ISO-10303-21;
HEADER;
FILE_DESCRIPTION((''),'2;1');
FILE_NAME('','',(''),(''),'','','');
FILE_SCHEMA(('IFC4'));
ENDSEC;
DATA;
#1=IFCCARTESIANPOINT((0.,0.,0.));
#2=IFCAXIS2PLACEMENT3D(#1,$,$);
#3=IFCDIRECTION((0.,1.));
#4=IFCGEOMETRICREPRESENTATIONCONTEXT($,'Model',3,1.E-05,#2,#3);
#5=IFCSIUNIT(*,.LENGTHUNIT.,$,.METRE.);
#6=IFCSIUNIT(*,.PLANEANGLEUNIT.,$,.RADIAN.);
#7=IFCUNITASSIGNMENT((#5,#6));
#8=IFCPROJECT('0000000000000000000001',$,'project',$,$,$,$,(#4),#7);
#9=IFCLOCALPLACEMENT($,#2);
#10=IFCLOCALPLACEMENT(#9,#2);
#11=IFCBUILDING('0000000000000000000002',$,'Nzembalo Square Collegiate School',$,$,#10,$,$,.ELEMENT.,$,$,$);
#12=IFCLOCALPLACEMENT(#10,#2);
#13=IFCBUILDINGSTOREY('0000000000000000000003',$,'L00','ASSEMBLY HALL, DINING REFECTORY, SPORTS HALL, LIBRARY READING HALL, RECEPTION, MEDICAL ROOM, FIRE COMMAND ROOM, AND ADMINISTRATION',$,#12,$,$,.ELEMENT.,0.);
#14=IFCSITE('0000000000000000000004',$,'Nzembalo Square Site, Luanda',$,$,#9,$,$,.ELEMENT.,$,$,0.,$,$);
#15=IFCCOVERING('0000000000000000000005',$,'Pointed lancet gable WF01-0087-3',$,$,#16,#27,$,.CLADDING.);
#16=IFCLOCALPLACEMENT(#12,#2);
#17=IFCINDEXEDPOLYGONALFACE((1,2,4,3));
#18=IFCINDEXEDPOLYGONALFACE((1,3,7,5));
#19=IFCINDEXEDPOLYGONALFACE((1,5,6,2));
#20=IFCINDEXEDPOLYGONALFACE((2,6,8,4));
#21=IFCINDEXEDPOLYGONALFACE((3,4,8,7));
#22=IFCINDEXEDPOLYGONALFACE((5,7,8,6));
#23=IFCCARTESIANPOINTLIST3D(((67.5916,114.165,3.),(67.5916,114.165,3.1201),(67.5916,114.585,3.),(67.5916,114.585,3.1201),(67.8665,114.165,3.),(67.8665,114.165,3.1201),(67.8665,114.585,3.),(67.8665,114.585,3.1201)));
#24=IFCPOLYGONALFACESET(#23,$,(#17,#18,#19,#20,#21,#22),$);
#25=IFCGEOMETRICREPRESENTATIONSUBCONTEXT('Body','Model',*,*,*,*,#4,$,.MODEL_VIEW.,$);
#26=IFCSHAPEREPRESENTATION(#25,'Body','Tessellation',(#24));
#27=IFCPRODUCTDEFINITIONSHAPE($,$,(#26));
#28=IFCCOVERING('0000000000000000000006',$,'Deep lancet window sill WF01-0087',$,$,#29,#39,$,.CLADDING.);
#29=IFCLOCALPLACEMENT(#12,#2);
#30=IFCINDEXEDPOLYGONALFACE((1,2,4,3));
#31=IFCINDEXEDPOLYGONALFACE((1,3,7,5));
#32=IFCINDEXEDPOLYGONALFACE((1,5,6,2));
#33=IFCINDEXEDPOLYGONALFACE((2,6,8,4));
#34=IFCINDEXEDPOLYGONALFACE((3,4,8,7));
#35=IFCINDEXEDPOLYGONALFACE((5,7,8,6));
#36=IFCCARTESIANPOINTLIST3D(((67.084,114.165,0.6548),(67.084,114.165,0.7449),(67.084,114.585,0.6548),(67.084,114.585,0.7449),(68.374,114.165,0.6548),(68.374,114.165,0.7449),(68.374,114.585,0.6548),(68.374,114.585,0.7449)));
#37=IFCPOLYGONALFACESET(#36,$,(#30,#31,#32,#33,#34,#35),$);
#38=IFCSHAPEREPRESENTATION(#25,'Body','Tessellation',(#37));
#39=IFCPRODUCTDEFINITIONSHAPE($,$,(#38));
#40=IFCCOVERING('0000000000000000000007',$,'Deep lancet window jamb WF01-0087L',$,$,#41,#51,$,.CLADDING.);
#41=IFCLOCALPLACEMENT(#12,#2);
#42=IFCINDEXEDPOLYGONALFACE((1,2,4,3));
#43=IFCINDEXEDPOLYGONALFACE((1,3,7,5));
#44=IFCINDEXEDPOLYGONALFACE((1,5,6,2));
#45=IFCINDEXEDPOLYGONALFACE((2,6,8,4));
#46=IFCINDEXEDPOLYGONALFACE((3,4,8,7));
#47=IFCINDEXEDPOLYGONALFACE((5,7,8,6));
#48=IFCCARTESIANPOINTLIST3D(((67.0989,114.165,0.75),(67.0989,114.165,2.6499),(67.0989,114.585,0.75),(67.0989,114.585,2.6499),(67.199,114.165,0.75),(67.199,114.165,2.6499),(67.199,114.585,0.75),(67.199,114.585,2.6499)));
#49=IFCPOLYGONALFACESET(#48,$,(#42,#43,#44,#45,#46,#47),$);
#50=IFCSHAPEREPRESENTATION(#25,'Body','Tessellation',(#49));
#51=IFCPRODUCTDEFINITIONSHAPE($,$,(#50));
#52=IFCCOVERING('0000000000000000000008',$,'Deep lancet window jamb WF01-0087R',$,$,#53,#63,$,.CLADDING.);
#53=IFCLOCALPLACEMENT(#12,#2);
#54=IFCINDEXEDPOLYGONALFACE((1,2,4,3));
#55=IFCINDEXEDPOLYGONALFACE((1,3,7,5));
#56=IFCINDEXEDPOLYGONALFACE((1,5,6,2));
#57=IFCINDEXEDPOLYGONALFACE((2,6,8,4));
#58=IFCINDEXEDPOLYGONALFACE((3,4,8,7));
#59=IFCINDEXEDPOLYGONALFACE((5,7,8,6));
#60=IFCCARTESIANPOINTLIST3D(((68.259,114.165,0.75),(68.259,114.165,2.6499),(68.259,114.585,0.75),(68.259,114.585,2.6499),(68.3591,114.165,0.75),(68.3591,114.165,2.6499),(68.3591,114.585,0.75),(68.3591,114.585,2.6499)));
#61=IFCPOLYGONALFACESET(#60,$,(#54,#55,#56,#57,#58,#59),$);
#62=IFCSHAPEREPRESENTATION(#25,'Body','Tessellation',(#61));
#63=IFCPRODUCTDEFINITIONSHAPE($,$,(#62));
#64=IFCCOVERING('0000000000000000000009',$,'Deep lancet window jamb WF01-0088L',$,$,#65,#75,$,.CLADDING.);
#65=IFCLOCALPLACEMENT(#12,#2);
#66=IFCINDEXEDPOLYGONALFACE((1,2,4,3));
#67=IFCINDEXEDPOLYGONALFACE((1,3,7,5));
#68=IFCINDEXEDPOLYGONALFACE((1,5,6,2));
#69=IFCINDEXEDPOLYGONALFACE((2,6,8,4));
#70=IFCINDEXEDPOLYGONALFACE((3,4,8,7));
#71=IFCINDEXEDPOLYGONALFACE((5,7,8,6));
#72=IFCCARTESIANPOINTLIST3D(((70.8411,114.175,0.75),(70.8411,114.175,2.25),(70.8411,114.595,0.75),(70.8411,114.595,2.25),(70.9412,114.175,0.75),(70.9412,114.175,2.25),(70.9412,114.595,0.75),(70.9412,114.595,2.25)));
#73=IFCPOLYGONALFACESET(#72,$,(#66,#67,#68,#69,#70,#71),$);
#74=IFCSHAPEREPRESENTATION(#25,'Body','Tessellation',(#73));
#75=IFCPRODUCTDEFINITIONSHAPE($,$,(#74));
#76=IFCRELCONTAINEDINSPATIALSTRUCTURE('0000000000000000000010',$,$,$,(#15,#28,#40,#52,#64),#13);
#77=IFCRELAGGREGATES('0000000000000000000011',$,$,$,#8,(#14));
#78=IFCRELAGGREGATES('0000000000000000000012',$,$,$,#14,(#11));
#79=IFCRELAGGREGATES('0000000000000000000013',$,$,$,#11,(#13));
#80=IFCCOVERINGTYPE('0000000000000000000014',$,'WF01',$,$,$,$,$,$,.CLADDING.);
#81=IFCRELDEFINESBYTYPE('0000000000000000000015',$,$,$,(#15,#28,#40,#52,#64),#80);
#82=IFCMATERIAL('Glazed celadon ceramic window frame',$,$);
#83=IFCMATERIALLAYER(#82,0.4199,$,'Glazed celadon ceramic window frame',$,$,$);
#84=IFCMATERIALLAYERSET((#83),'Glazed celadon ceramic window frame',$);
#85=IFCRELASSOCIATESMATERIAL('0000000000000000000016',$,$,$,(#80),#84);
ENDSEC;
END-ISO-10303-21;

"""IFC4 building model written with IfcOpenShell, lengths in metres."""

from ifc_helpers import new_model, si_unit, direction, frame, origin, origin_2d, place, context, subcontext, project, spatial, rectangle, extrude, material, layer, layer_set, type_object, element, save


model = new_model("IFC4")

# Units and contexts
model_context = context("Model", 3, precision=1e-05, world=origin(), true_north=direction((0.0, 1.0)))
body_context = subcontext(model_context, "Body", "Model", "MODEL_VIEW")
ifc_project = project(units=[si_unit("LENGTHUNIT", "METRE"), si_unit("PLANEANGLEUNIT", "RADIAN")], contexts=[model_context])

# Site, building, storey
site_placement = place(None, origin())
site = spatial("IfcSite", under=ifc_project, at=site_placement, Name="Nzembalo Square Site, Luanda", CompositionType="ELEMENT", RefElevation=0.0)
building_placement = place(site_placement, origin())
building = spatial("IfcBuilding", under=site, at=building_placement, Name="Nzembalo Square Collegiate School", CompositionType="ELEMENT")
storey_placement = place(building_placement, origin())
storey = spatial("IfcBuildingStorey", under=building, at=storey_placement, Name="L00", Description="ASSEMBLY HALL, DINING REFECTORY, SPORTS HALL, LIBRARY READING HALL, RECEPTION, MEDICAL ROOM, FIRE COMMAND ROOM, AND ADMINISTRATION", CompositionType="ELEMENT", Elevation=0.0)

# Coverings
ifc_material_1 = material(Name="Glazed celadon ceramic window frame")
ifc_layer_1 = layer(ifc_material_1, 0.4199, Name="Glazed celadon ceramic window frame")
ifc_layer_set_1 = layer_set([ifc_layer_1], Name="Glazed celadon ceramic window frame")
covering_type = type_object("IfcCoveringType", Name="WF01", PredefinedType="CLADDING", material=ifc_layer_set_1)
covering_1_placement = place(storey_placement, frame((67.729, 114.375, 3.0), z_axis=(0.0, 0.0, 1.0), x_axis=(1.0, 0.0, 0.0)))
element("IfcCovering", 1, at=covering_1_placement, inside=storey, type_object=covering_type, Name="Pointed lancet gable WF01-0087-3", PredefinedType="CLADDING", context=body_context, shape_type="SweptSolid", body=[
    extrude(rectangle(XDim=0.2749, YDim=0.4199, at=origin_2d()), origin(), (0.0, 0.0, 1.0), 0.1201),
])
covering_2_placement = place(storey_placement, frame((67.729, 114.375, 0.6548), z_axis=(0.0, 0.0, 1.0), x_axis=(1.0, 0.0, 0.0)))
element("IfcCovering", 2, at=covering_2_placement, inside=storey, type_object=covering_type, Name="Deep lancet window sill WF01-0087", PredefinedType="CLADDING", context=body_context, shape_type="SweptSolid", body=[
    extrude(rectangle(XDim=1.29, YDim=0.4199, at=origin_2d()), origin(), (0.0, 0.0, 1.0), 0.0901),
])
for number, where, z_axis, x_axis, name in (
    (3, (67.1489, 114.375, 0.75), (0.0, 0.0, 1.0), (1.0, 0.0, 0.0), "Deep lancet window jamb WF01-0087L"),
    (4, (68.3091, 114.375, 0.75), (0.0, 0.0, 1.0), (1.0, 0.0, 0.0), "Deep lancet window jamb WF01-0087R"),
):
    element("IfcCovering", number, at=place(storey_placement, frame(where, z_axis=z_axis, x_axis=x_axis)), inside=storey, type_object=covering_type, Name=name, PredefinedType="CLADDING", context=body_context, shape_type="SweptSolid", body=[
        extrude(rectangle(XDim=0.1001, YDim=0.4199, at=origin_2d()), origin(), (0.0, 0.0, 1.0), 1.8999),
    ])
covering_3_placement = place(storey_placement, frame((70.8911, 114.385, 0.75), z_axis=(0.0, 0.0, 1.0), x_axis=(1.0, 0.0, 0.0)))
element("IfcCovering", 5, at=covering_3_placement, inside=storey, type_object=covering_type, Name="Deep lancet window jamb WF01-0088L", PredefinedType="CLADDING", context=body_context, shape_type="SweptSolid", body=[
    extrude(rectangle(XDim=0.1001, YDim=0.4199, at=origin_2d()), origin(), (0.0, 0.0, 1.0), 1.5),
])

save(model, "model.ifc")
